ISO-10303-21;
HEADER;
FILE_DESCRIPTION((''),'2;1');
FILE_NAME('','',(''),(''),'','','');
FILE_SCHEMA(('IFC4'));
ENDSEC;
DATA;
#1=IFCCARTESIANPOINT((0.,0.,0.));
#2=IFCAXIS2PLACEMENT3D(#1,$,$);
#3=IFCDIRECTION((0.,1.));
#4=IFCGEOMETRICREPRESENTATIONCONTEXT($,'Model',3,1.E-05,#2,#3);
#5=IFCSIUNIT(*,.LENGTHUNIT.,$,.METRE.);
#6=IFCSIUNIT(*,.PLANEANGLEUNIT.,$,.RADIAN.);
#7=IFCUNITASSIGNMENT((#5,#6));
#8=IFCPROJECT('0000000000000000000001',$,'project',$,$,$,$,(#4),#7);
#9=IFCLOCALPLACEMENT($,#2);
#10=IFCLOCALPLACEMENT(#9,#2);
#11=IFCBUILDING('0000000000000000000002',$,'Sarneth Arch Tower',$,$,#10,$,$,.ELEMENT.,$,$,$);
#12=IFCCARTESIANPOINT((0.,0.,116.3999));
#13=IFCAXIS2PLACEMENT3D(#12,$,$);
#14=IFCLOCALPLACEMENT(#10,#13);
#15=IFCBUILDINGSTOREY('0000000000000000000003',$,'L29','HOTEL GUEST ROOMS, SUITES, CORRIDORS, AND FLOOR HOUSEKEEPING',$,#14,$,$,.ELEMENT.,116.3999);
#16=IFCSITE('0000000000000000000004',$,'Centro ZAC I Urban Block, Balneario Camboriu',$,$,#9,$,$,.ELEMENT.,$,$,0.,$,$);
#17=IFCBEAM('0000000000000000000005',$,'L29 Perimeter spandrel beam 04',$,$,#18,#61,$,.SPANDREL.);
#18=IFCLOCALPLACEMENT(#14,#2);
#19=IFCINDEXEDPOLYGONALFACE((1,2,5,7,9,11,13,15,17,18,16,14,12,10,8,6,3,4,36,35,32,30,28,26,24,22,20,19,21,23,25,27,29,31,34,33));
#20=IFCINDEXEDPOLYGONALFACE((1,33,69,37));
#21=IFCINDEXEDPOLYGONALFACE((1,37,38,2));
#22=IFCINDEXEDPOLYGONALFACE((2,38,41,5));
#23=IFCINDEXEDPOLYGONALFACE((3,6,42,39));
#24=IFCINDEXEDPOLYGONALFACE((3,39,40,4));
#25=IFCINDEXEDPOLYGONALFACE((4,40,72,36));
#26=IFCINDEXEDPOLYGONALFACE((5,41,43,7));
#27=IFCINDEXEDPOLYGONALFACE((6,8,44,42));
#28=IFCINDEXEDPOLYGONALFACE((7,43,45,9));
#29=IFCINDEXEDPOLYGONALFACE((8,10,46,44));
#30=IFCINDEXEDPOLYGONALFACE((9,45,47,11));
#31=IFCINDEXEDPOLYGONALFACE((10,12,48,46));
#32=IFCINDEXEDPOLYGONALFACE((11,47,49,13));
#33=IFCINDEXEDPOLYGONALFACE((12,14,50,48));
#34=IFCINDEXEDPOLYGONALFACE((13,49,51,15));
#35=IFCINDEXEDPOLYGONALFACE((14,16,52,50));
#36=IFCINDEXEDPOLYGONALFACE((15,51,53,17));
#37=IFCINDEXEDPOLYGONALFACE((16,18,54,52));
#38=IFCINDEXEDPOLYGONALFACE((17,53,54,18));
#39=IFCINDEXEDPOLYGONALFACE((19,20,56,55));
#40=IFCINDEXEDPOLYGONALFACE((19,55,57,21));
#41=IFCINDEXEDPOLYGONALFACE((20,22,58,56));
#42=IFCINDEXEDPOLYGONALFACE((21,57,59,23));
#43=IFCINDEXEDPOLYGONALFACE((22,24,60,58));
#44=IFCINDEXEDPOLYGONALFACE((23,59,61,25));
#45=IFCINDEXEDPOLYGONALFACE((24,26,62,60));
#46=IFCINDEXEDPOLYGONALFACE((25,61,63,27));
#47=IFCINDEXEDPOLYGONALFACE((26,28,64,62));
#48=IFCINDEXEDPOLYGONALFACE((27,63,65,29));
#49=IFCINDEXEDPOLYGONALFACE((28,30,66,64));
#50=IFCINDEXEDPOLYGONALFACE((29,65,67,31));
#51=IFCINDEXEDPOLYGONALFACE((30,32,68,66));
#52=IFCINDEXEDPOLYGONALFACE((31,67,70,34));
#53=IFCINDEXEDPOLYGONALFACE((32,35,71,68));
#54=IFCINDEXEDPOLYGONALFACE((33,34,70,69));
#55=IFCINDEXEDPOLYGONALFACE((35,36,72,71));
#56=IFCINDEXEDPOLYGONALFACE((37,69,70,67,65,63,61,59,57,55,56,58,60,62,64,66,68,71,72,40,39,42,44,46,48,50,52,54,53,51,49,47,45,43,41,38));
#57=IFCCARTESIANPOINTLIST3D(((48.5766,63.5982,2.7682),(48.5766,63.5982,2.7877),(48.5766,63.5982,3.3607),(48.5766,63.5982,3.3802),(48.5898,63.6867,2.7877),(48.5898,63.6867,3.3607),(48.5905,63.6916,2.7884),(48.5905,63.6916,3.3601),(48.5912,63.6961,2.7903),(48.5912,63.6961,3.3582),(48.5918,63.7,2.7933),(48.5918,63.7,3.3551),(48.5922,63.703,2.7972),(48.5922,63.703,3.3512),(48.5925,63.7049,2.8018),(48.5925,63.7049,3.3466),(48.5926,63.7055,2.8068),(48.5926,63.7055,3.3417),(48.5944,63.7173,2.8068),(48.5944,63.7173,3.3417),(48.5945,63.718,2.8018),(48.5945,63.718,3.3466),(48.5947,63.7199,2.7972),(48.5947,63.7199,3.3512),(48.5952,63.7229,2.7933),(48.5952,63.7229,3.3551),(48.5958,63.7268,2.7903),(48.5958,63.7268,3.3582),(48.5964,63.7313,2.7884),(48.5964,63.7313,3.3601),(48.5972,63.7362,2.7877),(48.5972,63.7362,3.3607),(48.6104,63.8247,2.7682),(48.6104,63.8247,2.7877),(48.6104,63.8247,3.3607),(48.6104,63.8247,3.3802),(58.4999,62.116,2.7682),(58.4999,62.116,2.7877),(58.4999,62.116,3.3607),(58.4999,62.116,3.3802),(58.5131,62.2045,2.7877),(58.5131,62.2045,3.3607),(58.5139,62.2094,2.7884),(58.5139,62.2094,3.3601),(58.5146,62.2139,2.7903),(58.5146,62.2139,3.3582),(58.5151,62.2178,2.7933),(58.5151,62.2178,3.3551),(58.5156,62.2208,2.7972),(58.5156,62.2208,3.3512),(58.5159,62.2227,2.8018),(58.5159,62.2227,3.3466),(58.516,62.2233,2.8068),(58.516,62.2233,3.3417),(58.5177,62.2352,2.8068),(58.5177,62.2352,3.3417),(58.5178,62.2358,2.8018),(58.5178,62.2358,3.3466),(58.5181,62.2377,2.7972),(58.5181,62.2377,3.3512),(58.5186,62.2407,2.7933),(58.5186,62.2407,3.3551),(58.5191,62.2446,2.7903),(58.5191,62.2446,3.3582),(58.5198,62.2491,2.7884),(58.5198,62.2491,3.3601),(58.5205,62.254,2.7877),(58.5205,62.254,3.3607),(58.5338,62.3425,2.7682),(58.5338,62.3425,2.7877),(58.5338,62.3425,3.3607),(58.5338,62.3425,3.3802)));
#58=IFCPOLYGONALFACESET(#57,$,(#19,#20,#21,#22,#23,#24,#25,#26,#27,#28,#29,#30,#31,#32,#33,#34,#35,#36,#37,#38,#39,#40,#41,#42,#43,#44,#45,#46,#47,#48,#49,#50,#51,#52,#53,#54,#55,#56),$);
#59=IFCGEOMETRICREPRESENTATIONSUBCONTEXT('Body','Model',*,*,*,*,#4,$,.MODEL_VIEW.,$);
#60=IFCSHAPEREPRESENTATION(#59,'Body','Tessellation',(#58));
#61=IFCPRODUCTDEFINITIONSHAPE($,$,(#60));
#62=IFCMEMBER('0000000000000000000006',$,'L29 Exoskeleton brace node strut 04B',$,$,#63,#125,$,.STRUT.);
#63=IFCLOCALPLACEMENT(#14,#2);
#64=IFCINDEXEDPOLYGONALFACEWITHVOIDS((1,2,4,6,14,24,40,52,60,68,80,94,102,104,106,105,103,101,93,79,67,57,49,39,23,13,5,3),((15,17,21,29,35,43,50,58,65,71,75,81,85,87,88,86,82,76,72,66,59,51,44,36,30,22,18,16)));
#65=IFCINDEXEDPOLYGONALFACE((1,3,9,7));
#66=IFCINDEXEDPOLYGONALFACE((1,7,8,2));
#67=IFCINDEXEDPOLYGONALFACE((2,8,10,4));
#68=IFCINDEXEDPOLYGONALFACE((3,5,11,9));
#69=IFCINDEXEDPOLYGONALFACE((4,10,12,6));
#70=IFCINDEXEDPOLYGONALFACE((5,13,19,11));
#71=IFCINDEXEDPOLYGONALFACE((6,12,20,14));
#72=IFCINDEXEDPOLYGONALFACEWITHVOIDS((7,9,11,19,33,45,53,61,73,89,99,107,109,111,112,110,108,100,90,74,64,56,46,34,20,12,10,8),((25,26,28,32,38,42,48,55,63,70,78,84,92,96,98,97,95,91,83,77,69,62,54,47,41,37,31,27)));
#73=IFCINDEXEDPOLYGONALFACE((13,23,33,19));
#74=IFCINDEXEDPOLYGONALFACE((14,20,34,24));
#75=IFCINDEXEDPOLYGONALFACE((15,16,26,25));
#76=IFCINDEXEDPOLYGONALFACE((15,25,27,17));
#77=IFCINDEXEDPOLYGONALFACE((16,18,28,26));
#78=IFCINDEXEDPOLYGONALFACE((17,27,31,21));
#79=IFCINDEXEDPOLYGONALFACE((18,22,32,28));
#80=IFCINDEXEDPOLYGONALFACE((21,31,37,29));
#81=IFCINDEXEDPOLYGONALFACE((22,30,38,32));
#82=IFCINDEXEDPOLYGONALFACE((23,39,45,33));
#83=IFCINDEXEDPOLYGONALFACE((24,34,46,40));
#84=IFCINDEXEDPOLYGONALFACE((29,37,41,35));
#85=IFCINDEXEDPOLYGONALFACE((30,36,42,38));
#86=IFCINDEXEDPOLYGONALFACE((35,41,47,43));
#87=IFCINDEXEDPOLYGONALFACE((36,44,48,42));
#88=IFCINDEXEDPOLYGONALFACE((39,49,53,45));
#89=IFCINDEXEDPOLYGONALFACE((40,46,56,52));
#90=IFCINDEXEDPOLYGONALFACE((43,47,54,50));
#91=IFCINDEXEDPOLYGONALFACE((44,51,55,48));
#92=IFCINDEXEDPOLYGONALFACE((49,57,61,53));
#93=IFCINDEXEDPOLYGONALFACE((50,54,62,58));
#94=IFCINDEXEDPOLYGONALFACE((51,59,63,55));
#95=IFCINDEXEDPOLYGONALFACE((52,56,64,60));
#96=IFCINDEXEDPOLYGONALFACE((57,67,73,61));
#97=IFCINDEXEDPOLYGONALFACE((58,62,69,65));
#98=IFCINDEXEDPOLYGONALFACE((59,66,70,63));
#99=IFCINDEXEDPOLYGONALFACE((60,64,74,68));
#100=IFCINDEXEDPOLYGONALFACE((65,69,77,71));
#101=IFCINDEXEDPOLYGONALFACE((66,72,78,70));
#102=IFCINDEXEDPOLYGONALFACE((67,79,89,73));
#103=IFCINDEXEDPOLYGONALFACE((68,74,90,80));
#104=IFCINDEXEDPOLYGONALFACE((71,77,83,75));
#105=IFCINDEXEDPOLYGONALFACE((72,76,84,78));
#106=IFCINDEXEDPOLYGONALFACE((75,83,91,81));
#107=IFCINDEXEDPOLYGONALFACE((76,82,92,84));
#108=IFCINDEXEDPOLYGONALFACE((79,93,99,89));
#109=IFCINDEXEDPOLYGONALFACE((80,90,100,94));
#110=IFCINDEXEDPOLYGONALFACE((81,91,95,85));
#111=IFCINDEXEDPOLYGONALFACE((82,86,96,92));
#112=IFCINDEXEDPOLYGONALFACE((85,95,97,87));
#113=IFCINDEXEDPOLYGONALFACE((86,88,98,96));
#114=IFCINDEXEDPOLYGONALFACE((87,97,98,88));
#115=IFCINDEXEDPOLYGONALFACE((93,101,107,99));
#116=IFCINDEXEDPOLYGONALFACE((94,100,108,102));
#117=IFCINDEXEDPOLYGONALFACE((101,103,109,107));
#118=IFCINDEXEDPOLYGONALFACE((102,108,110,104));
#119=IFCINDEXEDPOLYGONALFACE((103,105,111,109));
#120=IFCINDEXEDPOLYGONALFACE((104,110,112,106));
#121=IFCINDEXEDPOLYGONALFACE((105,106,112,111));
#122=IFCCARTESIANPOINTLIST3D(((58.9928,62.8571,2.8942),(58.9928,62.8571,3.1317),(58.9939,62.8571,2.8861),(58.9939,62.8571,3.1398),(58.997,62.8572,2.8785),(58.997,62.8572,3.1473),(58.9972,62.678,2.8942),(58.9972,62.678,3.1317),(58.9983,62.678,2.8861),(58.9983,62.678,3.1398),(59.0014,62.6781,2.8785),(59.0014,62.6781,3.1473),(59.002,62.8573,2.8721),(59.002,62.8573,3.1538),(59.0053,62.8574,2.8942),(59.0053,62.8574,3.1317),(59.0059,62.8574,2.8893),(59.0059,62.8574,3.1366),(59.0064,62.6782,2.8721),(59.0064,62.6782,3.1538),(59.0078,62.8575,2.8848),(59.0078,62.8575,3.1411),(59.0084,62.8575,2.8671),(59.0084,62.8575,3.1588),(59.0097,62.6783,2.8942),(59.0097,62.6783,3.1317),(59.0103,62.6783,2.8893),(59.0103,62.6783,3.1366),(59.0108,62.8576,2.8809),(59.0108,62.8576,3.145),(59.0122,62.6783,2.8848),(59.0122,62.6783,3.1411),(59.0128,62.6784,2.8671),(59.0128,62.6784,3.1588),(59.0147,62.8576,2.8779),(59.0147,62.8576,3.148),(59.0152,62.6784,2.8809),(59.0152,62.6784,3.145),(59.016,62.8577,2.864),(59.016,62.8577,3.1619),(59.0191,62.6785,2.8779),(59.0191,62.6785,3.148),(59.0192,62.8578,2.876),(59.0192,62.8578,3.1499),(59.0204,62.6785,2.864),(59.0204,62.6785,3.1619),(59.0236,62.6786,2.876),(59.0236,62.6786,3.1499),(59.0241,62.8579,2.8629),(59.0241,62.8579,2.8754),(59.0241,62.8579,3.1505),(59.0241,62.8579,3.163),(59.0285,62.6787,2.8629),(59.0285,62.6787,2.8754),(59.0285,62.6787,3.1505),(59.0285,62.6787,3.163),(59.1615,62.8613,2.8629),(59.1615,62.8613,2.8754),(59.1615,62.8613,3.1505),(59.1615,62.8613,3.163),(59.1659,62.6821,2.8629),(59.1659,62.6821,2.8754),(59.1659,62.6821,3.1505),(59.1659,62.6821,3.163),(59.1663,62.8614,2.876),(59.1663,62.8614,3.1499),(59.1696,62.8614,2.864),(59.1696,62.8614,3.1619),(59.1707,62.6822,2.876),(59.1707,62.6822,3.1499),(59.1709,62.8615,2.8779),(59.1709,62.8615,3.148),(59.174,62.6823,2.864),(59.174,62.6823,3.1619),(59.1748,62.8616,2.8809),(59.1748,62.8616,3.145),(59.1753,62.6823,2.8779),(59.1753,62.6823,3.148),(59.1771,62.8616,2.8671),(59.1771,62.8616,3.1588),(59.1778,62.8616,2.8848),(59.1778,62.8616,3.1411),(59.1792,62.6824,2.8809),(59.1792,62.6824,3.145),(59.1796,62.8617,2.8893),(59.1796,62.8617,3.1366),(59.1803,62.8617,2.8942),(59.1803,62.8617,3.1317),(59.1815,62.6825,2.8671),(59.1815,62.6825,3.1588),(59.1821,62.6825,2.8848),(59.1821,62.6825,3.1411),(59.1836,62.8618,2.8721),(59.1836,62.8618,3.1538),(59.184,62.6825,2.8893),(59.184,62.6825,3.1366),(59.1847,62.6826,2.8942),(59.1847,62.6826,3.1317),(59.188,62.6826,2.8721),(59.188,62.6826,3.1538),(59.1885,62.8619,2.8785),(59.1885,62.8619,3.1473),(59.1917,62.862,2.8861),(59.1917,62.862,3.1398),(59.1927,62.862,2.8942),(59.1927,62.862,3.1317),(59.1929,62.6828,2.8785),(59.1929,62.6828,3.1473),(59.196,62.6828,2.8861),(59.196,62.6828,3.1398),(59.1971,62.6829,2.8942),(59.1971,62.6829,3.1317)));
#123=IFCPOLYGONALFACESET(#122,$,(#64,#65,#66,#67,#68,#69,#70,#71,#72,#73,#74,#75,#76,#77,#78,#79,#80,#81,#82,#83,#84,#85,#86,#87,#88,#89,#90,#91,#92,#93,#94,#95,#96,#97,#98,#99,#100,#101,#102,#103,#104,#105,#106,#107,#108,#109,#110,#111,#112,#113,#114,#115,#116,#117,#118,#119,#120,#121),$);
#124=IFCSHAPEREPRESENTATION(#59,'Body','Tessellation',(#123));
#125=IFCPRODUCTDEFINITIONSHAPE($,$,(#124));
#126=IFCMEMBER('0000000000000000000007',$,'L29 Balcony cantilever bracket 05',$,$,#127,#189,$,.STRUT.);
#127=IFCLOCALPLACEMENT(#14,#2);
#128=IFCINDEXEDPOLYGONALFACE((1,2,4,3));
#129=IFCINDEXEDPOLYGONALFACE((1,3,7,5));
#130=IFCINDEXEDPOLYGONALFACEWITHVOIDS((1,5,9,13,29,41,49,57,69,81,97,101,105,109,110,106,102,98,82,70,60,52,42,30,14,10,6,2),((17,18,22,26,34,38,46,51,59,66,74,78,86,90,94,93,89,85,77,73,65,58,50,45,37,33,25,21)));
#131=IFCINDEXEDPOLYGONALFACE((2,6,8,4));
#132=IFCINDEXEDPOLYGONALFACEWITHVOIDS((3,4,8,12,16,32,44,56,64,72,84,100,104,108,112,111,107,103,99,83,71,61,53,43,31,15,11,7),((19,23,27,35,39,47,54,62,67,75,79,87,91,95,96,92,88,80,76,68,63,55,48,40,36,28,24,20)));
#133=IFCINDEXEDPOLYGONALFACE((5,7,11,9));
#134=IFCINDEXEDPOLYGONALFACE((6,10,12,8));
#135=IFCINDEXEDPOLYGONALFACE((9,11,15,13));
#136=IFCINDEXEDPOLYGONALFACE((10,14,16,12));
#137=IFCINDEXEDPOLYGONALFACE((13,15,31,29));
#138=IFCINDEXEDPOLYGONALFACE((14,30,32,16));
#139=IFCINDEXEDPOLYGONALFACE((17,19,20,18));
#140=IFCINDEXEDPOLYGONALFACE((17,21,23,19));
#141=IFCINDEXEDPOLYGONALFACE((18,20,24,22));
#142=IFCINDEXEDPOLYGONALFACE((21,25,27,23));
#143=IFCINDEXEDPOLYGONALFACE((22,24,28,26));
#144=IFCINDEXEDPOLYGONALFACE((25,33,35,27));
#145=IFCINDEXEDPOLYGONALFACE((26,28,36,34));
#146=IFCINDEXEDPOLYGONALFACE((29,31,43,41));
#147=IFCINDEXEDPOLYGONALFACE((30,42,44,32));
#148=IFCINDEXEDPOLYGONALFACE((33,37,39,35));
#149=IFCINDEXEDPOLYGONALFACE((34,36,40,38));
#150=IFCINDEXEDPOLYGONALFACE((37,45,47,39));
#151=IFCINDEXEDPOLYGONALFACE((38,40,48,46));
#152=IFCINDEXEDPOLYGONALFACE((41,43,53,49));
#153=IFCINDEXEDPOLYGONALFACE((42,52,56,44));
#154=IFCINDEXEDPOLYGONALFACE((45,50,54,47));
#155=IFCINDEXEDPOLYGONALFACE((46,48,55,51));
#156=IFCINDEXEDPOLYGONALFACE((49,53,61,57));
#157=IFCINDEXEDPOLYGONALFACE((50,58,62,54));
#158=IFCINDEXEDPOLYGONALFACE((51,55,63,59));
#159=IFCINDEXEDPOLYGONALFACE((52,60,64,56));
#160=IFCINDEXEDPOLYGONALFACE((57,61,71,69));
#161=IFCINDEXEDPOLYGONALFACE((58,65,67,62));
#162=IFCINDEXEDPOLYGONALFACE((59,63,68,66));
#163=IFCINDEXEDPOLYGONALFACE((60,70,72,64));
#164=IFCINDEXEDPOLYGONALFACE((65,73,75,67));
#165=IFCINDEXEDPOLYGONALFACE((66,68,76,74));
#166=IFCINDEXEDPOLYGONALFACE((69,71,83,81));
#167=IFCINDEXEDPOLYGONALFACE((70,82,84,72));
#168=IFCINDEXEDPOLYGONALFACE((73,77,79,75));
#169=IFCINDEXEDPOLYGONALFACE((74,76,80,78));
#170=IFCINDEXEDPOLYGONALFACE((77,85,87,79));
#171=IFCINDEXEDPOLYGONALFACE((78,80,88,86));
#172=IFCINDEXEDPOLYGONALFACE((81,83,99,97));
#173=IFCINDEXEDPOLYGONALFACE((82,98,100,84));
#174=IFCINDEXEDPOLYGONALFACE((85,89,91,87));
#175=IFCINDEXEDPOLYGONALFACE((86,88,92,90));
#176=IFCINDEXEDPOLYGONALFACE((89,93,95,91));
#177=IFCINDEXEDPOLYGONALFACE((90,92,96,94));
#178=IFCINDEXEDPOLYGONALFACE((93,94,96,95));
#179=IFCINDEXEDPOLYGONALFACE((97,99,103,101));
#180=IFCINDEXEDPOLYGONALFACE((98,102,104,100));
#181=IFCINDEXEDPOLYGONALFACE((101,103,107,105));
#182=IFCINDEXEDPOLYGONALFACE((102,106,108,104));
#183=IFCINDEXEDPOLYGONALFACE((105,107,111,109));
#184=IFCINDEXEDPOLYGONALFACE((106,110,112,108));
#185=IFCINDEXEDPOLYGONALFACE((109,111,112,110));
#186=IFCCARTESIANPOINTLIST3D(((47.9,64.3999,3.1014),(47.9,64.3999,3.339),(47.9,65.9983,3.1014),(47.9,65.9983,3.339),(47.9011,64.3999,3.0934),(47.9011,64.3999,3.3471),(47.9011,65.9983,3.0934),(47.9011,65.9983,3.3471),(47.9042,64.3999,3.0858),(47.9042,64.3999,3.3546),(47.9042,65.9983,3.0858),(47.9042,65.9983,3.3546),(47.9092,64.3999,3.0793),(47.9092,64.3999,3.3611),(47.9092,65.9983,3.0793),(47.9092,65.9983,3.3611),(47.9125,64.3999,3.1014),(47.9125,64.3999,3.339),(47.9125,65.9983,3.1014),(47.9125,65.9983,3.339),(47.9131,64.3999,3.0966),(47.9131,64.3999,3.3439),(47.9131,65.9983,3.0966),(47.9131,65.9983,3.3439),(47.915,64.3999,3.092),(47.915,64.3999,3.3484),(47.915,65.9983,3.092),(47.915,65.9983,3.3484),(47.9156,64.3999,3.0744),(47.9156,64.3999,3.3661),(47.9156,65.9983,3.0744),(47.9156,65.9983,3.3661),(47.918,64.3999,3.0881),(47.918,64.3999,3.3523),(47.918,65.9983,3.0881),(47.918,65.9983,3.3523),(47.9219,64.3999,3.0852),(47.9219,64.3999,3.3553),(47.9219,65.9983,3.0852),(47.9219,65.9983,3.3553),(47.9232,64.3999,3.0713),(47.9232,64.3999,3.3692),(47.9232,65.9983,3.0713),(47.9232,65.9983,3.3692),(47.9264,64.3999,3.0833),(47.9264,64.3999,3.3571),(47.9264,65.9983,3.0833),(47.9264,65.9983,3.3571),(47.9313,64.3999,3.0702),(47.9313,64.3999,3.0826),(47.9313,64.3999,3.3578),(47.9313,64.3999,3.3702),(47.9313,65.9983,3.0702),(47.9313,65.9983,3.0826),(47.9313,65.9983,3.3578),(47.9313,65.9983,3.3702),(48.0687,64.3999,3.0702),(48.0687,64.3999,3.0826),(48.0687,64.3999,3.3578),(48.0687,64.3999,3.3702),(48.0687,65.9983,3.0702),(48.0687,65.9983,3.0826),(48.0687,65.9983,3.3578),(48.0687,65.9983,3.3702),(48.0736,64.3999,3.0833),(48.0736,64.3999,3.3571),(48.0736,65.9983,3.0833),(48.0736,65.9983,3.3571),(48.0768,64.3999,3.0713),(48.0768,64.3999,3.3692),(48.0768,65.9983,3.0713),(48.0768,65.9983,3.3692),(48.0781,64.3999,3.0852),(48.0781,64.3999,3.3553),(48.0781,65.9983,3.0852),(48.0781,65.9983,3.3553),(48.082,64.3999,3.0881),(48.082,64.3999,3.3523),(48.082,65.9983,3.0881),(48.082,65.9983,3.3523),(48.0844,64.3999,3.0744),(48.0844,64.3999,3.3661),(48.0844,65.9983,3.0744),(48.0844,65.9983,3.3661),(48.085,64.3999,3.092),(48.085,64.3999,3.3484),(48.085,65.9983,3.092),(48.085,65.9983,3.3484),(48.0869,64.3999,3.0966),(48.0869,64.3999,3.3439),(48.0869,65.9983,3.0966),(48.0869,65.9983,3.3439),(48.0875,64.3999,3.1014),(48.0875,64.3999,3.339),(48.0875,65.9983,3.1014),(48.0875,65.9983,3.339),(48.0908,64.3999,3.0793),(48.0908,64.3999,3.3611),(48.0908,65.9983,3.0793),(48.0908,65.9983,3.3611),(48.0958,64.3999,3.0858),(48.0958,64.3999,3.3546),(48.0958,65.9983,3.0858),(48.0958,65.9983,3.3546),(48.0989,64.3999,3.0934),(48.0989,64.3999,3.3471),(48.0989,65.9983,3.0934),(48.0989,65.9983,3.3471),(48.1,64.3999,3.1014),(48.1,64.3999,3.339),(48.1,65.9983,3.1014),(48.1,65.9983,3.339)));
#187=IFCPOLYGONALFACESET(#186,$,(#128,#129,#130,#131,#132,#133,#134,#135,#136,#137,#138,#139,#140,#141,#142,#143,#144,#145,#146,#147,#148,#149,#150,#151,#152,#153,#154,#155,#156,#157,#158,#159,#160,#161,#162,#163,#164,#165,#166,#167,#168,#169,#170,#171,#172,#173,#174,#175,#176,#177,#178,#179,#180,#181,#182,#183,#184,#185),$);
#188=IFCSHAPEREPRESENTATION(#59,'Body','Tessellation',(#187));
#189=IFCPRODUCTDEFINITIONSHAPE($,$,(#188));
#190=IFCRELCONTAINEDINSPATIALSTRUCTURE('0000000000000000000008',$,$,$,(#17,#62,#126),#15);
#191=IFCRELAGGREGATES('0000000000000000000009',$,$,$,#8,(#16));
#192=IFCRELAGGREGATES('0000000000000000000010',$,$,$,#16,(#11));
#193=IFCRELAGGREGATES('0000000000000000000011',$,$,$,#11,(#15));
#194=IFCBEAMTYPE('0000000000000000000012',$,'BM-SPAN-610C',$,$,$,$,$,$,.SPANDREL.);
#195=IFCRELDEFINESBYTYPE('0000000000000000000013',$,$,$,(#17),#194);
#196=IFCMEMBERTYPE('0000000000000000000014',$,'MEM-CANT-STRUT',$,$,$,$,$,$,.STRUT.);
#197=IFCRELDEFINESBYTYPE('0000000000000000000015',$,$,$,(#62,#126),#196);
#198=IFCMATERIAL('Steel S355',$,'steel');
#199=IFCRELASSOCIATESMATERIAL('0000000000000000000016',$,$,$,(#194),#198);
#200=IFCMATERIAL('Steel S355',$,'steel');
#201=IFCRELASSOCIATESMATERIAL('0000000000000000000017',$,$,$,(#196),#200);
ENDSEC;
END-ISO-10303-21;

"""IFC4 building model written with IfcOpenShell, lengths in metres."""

from ifc_helpers import new_model, si_unit, direction, frame, origin, origin_2d, place, context, subcontext, project, spatial, hollow_rectangle, i_section, extrude, material, material_profile, profile_set, type_object, element, save


model = new_model("IFC4")

# Units and contexts
model_context = context("Model", 3, precision=1e-05, world=origin(), true_north=direction((0.0, 1.0)))
body_context = subcontext(model_context, "Body", "Model", "MODEL_VIEW")
ifc_project = project(units=[si_unit("LENGTHUNIT", "METRE"), si_unit("PLANEANGLEUNIT", "RADIAN")], contexts=[model_context])

# Site, building, storey
site_placement = place(None, origin())
site = spatial("IfcSite", under=ifc_project, at=site_placement, Name="Centro ZAC I Urban Block, Balneario Camboriu", CompositionType="ELEMENT", RefElevation=0.0)
building_placement = place(site_placement, origin())
building = spatial("IfcBuilding", under=site, at=building_placement, Name="Sarneth Arch Tower", CompositionType="ELEMENT")
storey_placement = place(building_placement, frame((0.0, 0.0, 116.3999)))
storey = spatial("IfcBuildingStorey", under=building, at=storey_placement, Name="L29", Description="HOTEL GUEST ROOMS, SUITES, CORRIDORS, AND FLOOR HOUSEKEEPING", CompositionType="ELEMENT", Elevation=116.3999)

# Beam
ifc_material_1 = material(Name="Steel S355", Category="steel")
ifc_material_profile_1 = material_profile(ifc_material_1, i_section(OverallWidth=0.229, OverallDepth=0.6121, WebThickness=0.012, FlangeThickness=0.0195, FilletRadius=0.019, at=origin_2d()), Name="W610x125")
ifc_profile_set_1 = profile_set([ifc_material_profile_1], Name="Steel S355")
beam_type_1 = type_object("IfcBeamType", Name="BM-SPAN-610C", PredefinedType="SPANDREL", material=ifc_profile_set_1)
beam_1_placement = place(storey_placement, frame((58.5168, 62.2292, 3.0742), z_axis=(-0.989029, 0.147724, 0.0), x_axis=(-0.147724, -0.989029, 0.0)))
element("IfcBeam", 1, at=beam_1_placement, inside=storey, type_object=beam_type_1, Name="L29 Perimeter spandrel beam 04", PredefinedType="SPANDREL", context=body_context, shape_type="SweptSolid", body=[
    extrude(i_section(OverallWidth=0.229, OverallDepth=0.6121, WebThickness=0.012, FlangeThickness=0.0195, FilletRadius=0.019, at=origin_2d()), origin(), (0.0, 0.0, 1.0), 10.0334),
])

# Members
ifc_material_2 = material(Name="Steel S355", Category="steel")
ifc_material_profile_2 = material_profile(ifc_material_2, hollow_rectangle(XDim=0.2, YDim=0.3, WallThickness=0.0125, InnerFilletRadius=0.0188, OuterFilletRadius=0.0312, at=origin_2d()), Name="RHS300x200x12.5")
ifc_profile_set_2 = profile_set([ifc_material_profile_2], Name="Steel S355")
member_type_1 = type_object("IfcMemberType", Name="MEM-CANT-STRUT", PredefinedType="STRUT", material=ifc_profile_set_2)
member_1_placement = place(storey_placement, frame((59.0972, 62.6804, 3.0129), z_axis=(-0.024516, 0.999699, 0.0), x_axis=(-0.999699, -0.024516, 0.0)))
element("IfcMember", 2, at=member_1_placement, inside=storey, type_object=member_type_1, Name="L29 Exoskeleton brace node strut 04B", PredefinedType="STRUT", context=body_context, shape_type="SweptSolid", body=[
    extrude(hollow_rectangle(XDim=0.2, YDim=0.3, WallThickness=0.0125, InnerFilletRadius=0.0188, OuterFilletRadius=0.0312, at=origin_2d()), origin(), (0.0, 0.0, 1.0), 0.1792),
])
member_2_placement = place(storey_placement, frame((48.0, 64.3999, 3.2202), z_axis=(0.0, 1.0, 0.0), x_axis=(-1.0, 0.0, 0.0)))
element("IfcMember", 3, at=member_2_placement, inside=storey, type_object=member_type_1, Name="L29 Balcony cantilever bracket 05", PredefinedType="STRUT", context=body_context, shape_type="SweptSolid", body=[
    extrude(hollow_rectangle(XDim=0.2, YDim=0.3, WallThickness=0.0125, InnerFilletRadius=0.0188, OuterFilletRadius=0.0312, at=origin_2d()), origin(), (0.0, 0.0, 1.0), 1.5984),
])

save(model, "model.ifc")
